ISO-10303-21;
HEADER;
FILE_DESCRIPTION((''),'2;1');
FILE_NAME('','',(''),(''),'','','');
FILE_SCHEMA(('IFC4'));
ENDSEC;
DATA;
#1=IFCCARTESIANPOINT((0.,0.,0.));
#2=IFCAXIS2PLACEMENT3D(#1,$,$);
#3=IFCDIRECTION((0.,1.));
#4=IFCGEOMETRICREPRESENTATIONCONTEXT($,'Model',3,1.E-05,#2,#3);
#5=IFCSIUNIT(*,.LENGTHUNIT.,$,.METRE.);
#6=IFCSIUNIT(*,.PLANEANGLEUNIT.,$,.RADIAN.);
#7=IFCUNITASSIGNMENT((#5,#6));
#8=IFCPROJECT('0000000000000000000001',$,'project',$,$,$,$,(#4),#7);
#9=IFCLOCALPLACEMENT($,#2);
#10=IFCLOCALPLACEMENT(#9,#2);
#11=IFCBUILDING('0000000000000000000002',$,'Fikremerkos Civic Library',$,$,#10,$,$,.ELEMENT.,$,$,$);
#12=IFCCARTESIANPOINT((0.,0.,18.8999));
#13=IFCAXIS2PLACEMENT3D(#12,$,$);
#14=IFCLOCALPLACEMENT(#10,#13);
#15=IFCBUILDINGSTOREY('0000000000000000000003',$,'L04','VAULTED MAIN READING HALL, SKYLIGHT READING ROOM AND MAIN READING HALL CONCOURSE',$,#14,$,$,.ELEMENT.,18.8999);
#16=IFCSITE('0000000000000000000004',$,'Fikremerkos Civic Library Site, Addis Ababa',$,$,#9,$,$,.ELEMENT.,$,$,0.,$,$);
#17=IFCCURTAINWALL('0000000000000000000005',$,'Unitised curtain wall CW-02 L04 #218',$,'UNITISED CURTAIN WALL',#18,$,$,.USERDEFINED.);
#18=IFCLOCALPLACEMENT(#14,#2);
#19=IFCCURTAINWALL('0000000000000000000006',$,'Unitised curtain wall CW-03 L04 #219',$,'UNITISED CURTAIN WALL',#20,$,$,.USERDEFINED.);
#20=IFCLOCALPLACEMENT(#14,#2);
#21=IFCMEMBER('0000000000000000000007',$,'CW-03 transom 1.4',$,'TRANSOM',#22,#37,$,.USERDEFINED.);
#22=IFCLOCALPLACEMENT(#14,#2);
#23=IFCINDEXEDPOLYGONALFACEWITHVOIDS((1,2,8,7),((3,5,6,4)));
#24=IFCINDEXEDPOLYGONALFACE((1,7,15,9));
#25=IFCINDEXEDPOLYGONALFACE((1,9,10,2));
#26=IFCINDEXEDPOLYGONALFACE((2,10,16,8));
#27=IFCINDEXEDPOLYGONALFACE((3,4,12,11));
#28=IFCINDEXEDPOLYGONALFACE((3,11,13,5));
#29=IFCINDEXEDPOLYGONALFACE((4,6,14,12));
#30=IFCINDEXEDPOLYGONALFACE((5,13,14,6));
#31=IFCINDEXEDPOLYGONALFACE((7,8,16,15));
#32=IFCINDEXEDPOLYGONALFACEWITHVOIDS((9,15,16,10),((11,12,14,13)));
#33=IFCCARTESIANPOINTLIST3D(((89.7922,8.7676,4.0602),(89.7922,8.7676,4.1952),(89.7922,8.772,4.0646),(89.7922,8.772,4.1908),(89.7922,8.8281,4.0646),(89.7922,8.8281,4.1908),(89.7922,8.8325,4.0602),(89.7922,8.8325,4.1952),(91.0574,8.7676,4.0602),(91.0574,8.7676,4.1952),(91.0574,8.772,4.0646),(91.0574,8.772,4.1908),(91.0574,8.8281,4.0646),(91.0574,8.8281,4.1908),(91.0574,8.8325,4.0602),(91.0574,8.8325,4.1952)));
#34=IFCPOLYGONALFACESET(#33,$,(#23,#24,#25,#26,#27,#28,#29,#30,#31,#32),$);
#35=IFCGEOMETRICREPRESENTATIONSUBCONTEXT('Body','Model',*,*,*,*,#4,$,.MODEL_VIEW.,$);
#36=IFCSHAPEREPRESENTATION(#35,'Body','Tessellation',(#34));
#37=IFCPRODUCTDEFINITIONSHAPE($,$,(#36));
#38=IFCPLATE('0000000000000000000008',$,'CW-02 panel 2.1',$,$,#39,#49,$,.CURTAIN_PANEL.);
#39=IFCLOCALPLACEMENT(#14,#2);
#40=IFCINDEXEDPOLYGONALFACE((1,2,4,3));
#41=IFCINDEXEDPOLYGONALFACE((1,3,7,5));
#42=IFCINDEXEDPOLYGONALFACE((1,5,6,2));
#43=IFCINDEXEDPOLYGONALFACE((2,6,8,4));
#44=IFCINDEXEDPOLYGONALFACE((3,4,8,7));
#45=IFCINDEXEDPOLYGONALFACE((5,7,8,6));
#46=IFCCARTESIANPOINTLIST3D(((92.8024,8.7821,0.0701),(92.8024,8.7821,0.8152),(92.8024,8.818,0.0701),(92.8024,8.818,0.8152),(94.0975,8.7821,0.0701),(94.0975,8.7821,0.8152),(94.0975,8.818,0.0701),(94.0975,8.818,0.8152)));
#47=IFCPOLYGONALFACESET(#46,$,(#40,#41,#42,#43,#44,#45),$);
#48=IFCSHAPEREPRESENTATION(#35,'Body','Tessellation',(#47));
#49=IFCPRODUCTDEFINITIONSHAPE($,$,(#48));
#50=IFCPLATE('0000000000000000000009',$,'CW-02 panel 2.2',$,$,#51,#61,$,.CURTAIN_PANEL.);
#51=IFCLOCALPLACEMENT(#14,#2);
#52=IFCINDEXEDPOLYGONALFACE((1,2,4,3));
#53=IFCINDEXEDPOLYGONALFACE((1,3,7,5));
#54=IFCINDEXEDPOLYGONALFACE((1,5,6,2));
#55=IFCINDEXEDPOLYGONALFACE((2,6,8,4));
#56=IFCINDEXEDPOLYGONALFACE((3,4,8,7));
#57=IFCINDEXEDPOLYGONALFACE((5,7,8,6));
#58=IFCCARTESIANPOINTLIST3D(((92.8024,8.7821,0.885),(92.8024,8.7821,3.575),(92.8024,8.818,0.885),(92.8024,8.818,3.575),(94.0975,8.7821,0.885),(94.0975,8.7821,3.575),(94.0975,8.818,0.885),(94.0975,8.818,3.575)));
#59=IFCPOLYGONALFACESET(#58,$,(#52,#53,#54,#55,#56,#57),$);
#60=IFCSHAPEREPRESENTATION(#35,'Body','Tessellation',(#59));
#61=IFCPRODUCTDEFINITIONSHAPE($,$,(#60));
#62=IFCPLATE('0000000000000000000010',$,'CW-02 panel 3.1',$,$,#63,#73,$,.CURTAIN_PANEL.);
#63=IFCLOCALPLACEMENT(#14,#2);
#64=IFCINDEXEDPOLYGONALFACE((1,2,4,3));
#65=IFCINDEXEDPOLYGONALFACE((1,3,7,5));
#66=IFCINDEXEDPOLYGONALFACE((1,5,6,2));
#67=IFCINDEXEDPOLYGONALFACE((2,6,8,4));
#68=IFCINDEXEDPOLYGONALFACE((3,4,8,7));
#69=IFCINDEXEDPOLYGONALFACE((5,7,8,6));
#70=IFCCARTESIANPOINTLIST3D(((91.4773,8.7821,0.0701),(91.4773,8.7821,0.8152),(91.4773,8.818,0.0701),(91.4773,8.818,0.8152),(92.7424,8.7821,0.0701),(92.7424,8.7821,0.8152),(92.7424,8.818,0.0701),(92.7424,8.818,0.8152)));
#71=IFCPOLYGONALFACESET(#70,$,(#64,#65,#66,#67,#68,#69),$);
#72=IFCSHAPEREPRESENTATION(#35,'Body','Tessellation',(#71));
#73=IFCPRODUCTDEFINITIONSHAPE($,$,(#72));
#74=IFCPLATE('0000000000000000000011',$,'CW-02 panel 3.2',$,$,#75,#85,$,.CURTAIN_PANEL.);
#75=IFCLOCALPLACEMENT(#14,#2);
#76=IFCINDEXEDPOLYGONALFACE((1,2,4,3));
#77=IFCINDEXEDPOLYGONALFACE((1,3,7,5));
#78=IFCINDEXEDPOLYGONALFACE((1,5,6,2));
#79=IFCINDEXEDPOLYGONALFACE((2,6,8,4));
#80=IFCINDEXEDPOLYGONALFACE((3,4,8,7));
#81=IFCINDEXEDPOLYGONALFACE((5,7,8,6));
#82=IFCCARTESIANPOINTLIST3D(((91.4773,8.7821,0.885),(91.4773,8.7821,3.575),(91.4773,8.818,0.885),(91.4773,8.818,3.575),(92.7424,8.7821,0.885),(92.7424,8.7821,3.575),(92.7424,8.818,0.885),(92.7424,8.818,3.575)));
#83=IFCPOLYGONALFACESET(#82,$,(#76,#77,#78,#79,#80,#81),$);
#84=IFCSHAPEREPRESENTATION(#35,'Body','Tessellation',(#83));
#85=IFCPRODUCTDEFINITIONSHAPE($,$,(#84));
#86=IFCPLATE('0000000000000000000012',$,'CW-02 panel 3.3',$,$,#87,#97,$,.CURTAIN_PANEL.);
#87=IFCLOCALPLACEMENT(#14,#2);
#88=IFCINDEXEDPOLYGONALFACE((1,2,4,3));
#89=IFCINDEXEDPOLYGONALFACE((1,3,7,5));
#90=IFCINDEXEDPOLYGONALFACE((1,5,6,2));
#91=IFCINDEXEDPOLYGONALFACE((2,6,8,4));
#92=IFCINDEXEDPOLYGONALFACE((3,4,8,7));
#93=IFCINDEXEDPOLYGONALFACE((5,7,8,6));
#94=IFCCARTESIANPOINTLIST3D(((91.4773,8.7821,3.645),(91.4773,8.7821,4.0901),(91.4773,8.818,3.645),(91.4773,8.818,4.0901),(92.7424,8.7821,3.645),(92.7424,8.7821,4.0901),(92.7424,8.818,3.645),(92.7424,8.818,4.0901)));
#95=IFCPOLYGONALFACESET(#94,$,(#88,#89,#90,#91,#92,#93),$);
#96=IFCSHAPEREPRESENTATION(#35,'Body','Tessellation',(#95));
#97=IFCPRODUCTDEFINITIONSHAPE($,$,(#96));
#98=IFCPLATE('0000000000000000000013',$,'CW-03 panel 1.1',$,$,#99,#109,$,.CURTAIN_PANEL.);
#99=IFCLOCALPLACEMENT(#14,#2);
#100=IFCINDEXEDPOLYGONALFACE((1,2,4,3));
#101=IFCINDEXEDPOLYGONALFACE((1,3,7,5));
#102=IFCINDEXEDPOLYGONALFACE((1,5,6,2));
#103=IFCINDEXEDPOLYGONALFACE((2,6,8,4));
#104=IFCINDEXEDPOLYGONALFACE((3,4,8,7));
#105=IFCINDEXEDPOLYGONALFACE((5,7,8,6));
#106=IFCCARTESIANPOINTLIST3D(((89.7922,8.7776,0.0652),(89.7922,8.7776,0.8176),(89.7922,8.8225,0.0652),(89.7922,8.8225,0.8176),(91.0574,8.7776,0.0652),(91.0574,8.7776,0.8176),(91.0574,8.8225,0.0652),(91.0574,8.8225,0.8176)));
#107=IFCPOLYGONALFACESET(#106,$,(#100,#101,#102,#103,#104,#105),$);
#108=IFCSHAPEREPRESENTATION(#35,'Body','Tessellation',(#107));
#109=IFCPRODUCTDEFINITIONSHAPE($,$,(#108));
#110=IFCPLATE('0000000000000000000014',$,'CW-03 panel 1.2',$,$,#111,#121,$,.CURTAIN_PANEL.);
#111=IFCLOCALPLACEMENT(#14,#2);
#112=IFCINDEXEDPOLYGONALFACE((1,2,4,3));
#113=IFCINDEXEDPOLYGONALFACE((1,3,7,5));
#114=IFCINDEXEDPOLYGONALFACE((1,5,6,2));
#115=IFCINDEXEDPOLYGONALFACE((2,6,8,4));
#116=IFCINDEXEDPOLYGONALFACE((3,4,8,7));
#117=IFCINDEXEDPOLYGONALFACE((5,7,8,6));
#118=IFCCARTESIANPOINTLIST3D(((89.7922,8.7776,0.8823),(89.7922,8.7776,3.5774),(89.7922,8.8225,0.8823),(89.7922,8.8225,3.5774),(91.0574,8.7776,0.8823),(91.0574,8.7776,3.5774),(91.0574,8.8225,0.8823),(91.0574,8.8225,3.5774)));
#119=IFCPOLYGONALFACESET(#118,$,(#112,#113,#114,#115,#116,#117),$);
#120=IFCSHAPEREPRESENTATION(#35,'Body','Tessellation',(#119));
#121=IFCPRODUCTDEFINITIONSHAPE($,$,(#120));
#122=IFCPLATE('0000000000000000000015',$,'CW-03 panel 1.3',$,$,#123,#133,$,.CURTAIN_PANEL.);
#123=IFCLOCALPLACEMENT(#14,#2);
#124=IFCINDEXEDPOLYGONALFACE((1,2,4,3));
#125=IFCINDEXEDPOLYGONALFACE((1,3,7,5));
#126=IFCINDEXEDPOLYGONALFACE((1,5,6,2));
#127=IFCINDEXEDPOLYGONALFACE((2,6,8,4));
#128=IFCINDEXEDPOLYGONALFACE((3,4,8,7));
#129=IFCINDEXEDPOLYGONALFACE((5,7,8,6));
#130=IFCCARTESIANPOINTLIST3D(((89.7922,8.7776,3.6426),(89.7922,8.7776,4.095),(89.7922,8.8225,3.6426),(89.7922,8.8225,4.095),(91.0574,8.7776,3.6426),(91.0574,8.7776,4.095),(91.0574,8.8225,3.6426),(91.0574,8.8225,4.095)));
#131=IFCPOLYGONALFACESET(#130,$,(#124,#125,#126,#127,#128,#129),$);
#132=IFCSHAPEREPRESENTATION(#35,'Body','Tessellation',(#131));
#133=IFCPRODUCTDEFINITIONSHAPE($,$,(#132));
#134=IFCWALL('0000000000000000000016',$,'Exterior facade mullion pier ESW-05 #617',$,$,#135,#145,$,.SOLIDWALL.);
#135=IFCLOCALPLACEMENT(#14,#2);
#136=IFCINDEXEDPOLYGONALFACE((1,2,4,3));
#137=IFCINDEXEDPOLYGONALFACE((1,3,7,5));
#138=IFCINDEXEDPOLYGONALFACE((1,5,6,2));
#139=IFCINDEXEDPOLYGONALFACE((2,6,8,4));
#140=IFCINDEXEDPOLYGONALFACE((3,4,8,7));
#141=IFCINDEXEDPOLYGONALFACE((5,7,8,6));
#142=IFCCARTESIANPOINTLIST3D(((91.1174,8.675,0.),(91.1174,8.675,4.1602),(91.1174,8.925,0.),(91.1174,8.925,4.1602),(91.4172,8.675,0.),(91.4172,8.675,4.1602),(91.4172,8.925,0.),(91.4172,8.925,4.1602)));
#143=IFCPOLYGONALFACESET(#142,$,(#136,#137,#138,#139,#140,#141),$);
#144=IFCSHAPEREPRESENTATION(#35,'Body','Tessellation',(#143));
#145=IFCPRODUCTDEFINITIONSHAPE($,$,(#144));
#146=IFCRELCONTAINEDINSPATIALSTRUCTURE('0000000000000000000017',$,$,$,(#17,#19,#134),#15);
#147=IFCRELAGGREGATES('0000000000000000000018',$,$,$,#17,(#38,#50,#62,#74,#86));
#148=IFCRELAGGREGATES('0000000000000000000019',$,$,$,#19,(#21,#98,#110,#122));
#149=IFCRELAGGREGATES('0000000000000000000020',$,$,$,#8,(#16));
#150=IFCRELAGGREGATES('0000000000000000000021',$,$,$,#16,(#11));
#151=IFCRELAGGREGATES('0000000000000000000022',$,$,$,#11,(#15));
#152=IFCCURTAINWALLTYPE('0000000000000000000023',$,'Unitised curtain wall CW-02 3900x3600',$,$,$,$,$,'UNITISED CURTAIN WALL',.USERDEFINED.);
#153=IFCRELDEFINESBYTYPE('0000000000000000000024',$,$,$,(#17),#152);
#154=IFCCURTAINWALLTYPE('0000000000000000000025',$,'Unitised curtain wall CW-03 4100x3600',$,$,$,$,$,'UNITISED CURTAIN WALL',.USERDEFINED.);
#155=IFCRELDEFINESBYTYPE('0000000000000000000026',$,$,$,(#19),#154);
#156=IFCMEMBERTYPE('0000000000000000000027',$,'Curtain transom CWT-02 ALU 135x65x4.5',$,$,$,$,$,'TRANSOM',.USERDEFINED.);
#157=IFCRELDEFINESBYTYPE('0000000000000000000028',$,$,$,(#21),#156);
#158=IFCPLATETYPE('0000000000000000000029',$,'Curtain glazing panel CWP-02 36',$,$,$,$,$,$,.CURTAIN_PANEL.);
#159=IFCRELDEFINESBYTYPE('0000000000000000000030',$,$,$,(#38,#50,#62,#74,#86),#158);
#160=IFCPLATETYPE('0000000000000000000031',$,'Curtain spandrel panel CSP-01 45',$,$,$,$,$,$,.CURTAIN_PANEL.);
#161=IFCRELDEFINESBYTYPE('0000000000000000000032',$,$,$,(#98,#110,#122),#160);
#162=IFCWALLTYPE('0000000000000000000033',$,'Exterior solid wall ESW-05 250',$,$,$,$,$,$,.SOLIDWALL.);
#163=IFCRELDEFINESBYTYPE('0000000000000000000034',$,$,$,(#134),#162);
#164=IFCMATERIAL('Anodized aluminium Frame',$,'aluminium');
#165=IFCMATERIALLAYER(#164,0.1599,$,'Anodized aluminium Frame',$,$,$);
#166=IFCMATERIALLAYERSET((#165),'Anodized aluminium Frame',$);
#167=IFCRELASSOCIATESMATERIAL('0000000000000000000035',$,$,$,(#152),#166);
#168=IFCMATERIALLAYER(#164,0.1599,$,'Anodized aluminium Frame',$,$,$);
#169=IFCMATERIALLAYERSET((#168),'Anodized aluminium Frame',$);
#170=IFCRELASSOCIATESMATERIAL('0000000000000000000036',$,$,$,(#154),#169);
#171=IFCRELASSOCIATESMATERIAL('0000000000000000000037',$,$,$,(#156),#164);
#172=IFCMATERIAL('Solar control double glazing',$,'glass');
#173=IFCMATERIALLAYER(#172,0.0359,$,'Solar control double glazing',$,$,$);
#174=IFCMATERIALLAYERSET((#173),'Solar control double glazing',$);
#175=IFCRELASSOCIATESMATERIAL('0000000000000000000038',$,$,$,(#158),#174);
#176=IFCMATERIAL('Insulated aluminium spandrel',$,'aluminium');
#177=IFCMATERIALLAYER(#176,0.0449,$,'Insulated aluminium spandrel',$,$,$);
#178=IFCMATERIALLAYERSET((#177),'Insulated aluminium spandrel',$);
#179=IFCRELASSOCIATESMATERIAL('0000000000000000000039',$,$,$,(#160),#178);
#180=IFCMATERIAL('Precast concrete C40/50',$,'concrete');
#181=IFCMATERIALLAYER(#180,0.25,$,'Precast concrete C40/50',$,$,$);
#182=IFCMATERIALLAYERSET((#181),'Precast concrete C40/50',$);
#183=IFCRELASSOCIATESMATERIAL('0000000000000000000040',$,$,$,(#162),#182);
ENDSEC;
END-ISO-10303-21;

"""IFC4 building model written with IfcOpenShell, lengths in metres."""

from ifc_helpers import new_model, si_unit, direction, frame, frame_2d, origin, origin_2d, place, context, subcontext, project, spatial, rectangle, hollow_rectangle, extrude, material, layer, layer_set, material_profile, profile_set, type_object, element, aggregate, save


model = new_model("IFC4")

# Units and contexts
model_context = context("Model", 3, precision=1e-05, world=origin(), true_north=direction((0.0, 1.0)))
body_context = subcontext(model_context, "Body", "Model", "MODEL_VIEW")
ifc_project = project(units=[si_unit("LENGTHUNIT", "METRE"), si_unit("PLANEANGLEUNIT", "RADIAN")], contexts=[model_context])

# Site, building, storey
site_placement = place(None, origin())
site = spatial("IfcSite", under=ifc_project, at=site_placement, Name="Fikremerkos Civic Library Site, Addis Ababa", CompositionType="ELEMENT", RefElevation=0.0)
building_placement = place(site_placement, origin())
building = spatial("IfcBuilding", under=site, at=building_placement, Name="Fikremerkos Civic Library", CompositionType="ELEMENT")
storey_placement = place(building_placement, frame((0.0, 0.0, 18.8999)))
storey = spatial("IfcBuildingStorey", under=building, at=storey_placement, Name="L04", Description="VAULTED MAIN READING HALL, SKYLIGHT READING ROOM AND MAIN READING HALL CONCOURSE", CompositionType="ELEMENT", Elevation=18.8999)

# Curtain wall
ifc_material_1 = material(Name="Anodized aluminium Frame", Category="aluminium")
ifc_layer_1 = layer(ifc_material_1, 0.1599, Name="Anodized aluminium Frame")
ifc_layer_set_1 = layer_set([ifc_layer_1], Name="Anodized aluminium Frame")
curtain_wall_type_1 = type_object("IfcCurtainWallType", Name="Unitised curtain wall CW-02 3900x3600", ElementType="UNITISED CURTAIN WALL", PredefinedType="USERDEFINED", material=ifc_layer_set_1)
curtain_wall_1_placement = place(storey_placement, origin())
curtain_wall_1 = element("IfcCurtainWall", 1, at=curtain_wall_1_placement, inside=storey, type_object=curtain_wall_type_1, Name="Unitised curtain wall CW-02 L04 #218", ObjectType="UNITISED CURTAIN WALL", PredefinedType="USERDEFINED")

# Curtain wall
ifc_layer_2 = layer(ifc_material_1, 0.1599, Name="Anodized aluminium Frame")
ifc_layer_set_2 = layer_set([ifc_layer_2], Name="Anodized aluminium Frame")
curtain_wall_type_2 = type_object("IfcCurtainWallType", Name="Unitised curtain wall CW-03 4100x3600", ElementType="UNITISED CURTAIN WALL", PredefinedType="USERDEFINED", material=ifc_layer_set_2)
curtain_wall_2_placement = place(storey_placement, origin())
curtain_wall_2 = element("IfcCurtainWall", 2, at=curtain_wall_2_placement, inside=storey, type_object=curtain_wall_type_2, Name="Unitised curtain wall CW-03 L04 #219", ObjectType="UNITISED CURTAIN WALL", PredefinedType="USERDEFINED")

# Member
ifc_material_profile_1 = material_profile(ifc_material_1, hollow_rectangle(XDim=0.0649, YDim=0.135, WallThickness=0.0044, at=origin_2d()), Name="ALU 135x65x4.5")
ifc_profile_set_1 = profile_set([ifc_material_profile_1], Name="Anodized aluminium Frame")
member_type_1 = type_object("IfcMemberType", Name="Curtain transom CWT-02 ALU 135x65x4.5", ElementType="TRANSOM", PredefinedType="USERDEFINED", material=ifc_profile_set_1)
member_1_placement = place(storey_placement, frame((91.0574, 8.8, 4.1277), z_axis=(-1.0, 0.0, 0.0), x_axis=(0.0, -1.0, 0.0)))
member_1 = element("IfcMember", 3, at=member_1_placement, type_object=member_type_1, Name="CW-03 transom 1.4", ObjectType="TRANSOM", PredefinedType="USERDEFINED", context=body_context, shape_type="SweptSolid", body=[
    extrude(hollow_rectangle(XDim=0.0649, YDim=0.135, WallThickness=0.0044, at=origin_2d()), origin(), (0.0, 0.0, 1.0), 1.2651),
])

# Plates
ifc_material_2 = material(Name="Solar control double glazing", Category="glass")
ifc_layer_3 = layer(ifc_material_2, 0.0359, Name="Solar control double glazing")
ifc_layer_set_3 = layer_set([ifc_layer_3], Name="Solar control double glazing")
plate_type_1 = type_object("IfcPlateType", Name="Curtain glazing panel CWP-02 36", PredefinedType="CURTAIN_PANEL", material=ifc_layer_set_3)
plate_1_placement = place(storey_placement, frame((93.45, 8.8, 0.0701), z_axis=(0.0, 0.0, 1.0), x_axis=(-1.0, 0.0, 0.0)))
plate_1 = element("IfcPlate", 4, at=plate_1_placement, type_object=plate_type_1, Name="CW-02 panel 2.1", PredefinedType="CURTAIN_PANEL", context=body_context, shape_type="SweptSolid", body=[
    extrude(rectangle(XDim=1.2952, YDim=0.0359, at=origin_2d()), origin(), (0.0, 0.0, 1.0), 0.7451),
])
plate_2_placement = place(storey_placement, frame((93.45, 8.8, 0.885), z_axis=(0.0, 0.0, 1.0), x_axis=(-1.0, 0.0, 0.0)))
plate_2 = element("IfcPlate", 5, at=plate_2_placement, type_object=plate_type_1, Name="CW-02 panel 2.2", PredefinedType="CURTAIN_PANEL", context=body_context, shape_type="SweptSolid", body=[
    extrude(rectangle(XDim=1.2952, YDim=0.0359, at=origin_2d()), origin(), (0.0, 0.0, 1.0), 2.6899),
])
plate_3_placement = place(storey_placement, frame((92.1099, 8.8, 0.0701), z_axis=(0.0, 0.0, 1.0), x_axis=(-1.0, 0.0, 0.0)))
plate_3 = element("IfcPlate", 6, at=plate_3_placement, type_object=plate_type_1, Name="CW-02 panel 3.1", PredefinedType="CURTAIN_PANEL", context=body_context, shape_type="SweptSolid", body=[
    extrude(rectangle(XDim=1.2651, YDim=0.0359, at=origin_2d()), origin(), (0.0, 0.0, 1.0), 0.7451),
])
plate_4_placement = place(storey_placement, frame((92.1099, 8.8, 0.885), z_axis=(0.0, 0.0, 1.0), x_axis=(-1.0, 0.0, 0.0)))
plate_4 = element("IfcPlate", 7, at=plate_4_placement, type_object=plate_type_1, Name="CW-02 panel 3.2", PredefinedType="CURTAIN_PANEL", context=body_context, shape_type="SweptSolid", body=[
    extrude(rectangle(XDim=1.2651, YDim=0.0359, at=origin_2d()), origin(), (0.0, 0.0, 1.0), 2.6899),
])
plate_5_placement = place(storey_placement, frame((92.1099, 8.8, 3.645), z_axis=(0.0, 0.0, 1.0), x_axis=(-1.0, 0.0, 0.0)))
plate_5 = element("IfcPlate", 8, at=plate_5_placement, type_object=plate_type_1, Name="CW-02 panel 3.3", PredefinedType="CURTAIN_PANEL", context=body_context, shape_type="SweptSolid", body=[
    extrude(rectangle(XDim=1.2651, YDim=0.0359, at=origin_2d()), origin(), (0.0, 0.0, 1.0), 0.4451),
])
aggregate(curtain_wall_1, [plate_1, plate_2, plate_3, plate_4, plate_5])
ifc_material_3 = material(Name="Insulated aluminium spandrel", Category="aluminium")
ifc_layer_4 = layer(ifc_material_3, 0.0449, Name="Insulated aluminium spandrel")
ifc_layer_set_4 = layer_set([ifc_layer_4], Name="Insulated aluminium spandrel")
plate_type_2 = type_object("IfcPlateType", Name="Curtain spandrel panel CSP-01 45", PredefinedType="CURTAIN_PANEL", material=ifc_layer_set_4)
plate_6_placement = place(storey_placement, frame((90.4248, 8.8, 0.0652), z_axis=(0.0, 0.0, 1.0), x_axis=(-1.0, 0.0, 0.0)))
plate_6 = element("IfcPlate", 9, at=plate_6_placement, type_object=plate_type_2, Name="CW-03 panel 1.1", PredefinedType="CURTAIN_PANEL", context=body_context, shape_type="SweptSolid", body=[
    extrude(rectangle(XDim=1.2651, YDim=0.0449, at=origin_2d()), origin(), (0.0, 0.0, 1.0), 0.7524),
])
plate_7_placement = place(storey_placement, frame((90.4248, 8.8, 0.8823), z_axis=(0.0, 0.0, 1.0), x_axis=(-1.0, 0.0, 0.0)))
plate_7 = element("IfcPlate", 10, at=plate_7_placement, type_object=plate_type_2, Name="CW-03 panel 1.2", PredefinedType="CURTAIN_PANEL", context=body_context, shape_type="SweptSolid", body=[
    extrude(rectangle(XDim=1.2651, YDim=0.0449, at=origin_2d()), origin(), (0.0, 0.0, 1.0), 2.6951),
])
plate_8_placement = place(storey_placement, frame((90.4248, 8.8, 3.6426), z_axis=(0.0, 0.0, 1.0), x_axis=(-1.0, 0.0, 0.0)))
plate_8 = element("IfcPlate", 11, at=plate_8_placement, type_object=plate_type_2, Name="CW-03 panel 1.3", PredefinedType="CURTAIN_PANEL", context=body_context, shape_type="SweptSolid", body=[
    extrude(rectangle(XDim=1.2651, YDim=0.0449, at=origin_2d()), origin(), (0.0, 0.0, 1.0), 0.4524),
])
aggregate(curtain_wall_2, [member_1, plate_6, plate_7, plate_8])

# Wall
ifc_material_4 = material(Name="Precast concrete C40/50", Category="concrete")
ifc_layer_5 = layer(ifc_material_4, 0.25, Name="Precast concrete C40/50")
ifc_layer_set_5 = layer_set([ifc_layer_5], Name="Precast concrete C40/50")
wall_type = type_object("IfcWallType", Name="Exterior solid wall ESW-05 250", PredefinedType="SOLIDWALL", material=ifc_layer_set_5)
wall_placement = place(storey_placement, frame((91.4172, 8.8, 0.0), z_axis=(0.0, 0.0, 1.0), x_axis=(-1.0, 0.0, 0.0)))
element("IfcWall", 12, at=wall_placement, inside=storey, type_object=wall_type, Name="Exterior facade mullion pier ESW-05 #617", PredefinedType="SOLIDWALL", context=body_context, shape_type="SweptSolid", body=[
    extrude(rectangle(XDim=0.2998, YDim=0.25, at=frame_2d((0.1499, 0.0))), origin(), (0.0, 0.0, 1.0), 4.1602),
])

save(model, "model.ifc")
